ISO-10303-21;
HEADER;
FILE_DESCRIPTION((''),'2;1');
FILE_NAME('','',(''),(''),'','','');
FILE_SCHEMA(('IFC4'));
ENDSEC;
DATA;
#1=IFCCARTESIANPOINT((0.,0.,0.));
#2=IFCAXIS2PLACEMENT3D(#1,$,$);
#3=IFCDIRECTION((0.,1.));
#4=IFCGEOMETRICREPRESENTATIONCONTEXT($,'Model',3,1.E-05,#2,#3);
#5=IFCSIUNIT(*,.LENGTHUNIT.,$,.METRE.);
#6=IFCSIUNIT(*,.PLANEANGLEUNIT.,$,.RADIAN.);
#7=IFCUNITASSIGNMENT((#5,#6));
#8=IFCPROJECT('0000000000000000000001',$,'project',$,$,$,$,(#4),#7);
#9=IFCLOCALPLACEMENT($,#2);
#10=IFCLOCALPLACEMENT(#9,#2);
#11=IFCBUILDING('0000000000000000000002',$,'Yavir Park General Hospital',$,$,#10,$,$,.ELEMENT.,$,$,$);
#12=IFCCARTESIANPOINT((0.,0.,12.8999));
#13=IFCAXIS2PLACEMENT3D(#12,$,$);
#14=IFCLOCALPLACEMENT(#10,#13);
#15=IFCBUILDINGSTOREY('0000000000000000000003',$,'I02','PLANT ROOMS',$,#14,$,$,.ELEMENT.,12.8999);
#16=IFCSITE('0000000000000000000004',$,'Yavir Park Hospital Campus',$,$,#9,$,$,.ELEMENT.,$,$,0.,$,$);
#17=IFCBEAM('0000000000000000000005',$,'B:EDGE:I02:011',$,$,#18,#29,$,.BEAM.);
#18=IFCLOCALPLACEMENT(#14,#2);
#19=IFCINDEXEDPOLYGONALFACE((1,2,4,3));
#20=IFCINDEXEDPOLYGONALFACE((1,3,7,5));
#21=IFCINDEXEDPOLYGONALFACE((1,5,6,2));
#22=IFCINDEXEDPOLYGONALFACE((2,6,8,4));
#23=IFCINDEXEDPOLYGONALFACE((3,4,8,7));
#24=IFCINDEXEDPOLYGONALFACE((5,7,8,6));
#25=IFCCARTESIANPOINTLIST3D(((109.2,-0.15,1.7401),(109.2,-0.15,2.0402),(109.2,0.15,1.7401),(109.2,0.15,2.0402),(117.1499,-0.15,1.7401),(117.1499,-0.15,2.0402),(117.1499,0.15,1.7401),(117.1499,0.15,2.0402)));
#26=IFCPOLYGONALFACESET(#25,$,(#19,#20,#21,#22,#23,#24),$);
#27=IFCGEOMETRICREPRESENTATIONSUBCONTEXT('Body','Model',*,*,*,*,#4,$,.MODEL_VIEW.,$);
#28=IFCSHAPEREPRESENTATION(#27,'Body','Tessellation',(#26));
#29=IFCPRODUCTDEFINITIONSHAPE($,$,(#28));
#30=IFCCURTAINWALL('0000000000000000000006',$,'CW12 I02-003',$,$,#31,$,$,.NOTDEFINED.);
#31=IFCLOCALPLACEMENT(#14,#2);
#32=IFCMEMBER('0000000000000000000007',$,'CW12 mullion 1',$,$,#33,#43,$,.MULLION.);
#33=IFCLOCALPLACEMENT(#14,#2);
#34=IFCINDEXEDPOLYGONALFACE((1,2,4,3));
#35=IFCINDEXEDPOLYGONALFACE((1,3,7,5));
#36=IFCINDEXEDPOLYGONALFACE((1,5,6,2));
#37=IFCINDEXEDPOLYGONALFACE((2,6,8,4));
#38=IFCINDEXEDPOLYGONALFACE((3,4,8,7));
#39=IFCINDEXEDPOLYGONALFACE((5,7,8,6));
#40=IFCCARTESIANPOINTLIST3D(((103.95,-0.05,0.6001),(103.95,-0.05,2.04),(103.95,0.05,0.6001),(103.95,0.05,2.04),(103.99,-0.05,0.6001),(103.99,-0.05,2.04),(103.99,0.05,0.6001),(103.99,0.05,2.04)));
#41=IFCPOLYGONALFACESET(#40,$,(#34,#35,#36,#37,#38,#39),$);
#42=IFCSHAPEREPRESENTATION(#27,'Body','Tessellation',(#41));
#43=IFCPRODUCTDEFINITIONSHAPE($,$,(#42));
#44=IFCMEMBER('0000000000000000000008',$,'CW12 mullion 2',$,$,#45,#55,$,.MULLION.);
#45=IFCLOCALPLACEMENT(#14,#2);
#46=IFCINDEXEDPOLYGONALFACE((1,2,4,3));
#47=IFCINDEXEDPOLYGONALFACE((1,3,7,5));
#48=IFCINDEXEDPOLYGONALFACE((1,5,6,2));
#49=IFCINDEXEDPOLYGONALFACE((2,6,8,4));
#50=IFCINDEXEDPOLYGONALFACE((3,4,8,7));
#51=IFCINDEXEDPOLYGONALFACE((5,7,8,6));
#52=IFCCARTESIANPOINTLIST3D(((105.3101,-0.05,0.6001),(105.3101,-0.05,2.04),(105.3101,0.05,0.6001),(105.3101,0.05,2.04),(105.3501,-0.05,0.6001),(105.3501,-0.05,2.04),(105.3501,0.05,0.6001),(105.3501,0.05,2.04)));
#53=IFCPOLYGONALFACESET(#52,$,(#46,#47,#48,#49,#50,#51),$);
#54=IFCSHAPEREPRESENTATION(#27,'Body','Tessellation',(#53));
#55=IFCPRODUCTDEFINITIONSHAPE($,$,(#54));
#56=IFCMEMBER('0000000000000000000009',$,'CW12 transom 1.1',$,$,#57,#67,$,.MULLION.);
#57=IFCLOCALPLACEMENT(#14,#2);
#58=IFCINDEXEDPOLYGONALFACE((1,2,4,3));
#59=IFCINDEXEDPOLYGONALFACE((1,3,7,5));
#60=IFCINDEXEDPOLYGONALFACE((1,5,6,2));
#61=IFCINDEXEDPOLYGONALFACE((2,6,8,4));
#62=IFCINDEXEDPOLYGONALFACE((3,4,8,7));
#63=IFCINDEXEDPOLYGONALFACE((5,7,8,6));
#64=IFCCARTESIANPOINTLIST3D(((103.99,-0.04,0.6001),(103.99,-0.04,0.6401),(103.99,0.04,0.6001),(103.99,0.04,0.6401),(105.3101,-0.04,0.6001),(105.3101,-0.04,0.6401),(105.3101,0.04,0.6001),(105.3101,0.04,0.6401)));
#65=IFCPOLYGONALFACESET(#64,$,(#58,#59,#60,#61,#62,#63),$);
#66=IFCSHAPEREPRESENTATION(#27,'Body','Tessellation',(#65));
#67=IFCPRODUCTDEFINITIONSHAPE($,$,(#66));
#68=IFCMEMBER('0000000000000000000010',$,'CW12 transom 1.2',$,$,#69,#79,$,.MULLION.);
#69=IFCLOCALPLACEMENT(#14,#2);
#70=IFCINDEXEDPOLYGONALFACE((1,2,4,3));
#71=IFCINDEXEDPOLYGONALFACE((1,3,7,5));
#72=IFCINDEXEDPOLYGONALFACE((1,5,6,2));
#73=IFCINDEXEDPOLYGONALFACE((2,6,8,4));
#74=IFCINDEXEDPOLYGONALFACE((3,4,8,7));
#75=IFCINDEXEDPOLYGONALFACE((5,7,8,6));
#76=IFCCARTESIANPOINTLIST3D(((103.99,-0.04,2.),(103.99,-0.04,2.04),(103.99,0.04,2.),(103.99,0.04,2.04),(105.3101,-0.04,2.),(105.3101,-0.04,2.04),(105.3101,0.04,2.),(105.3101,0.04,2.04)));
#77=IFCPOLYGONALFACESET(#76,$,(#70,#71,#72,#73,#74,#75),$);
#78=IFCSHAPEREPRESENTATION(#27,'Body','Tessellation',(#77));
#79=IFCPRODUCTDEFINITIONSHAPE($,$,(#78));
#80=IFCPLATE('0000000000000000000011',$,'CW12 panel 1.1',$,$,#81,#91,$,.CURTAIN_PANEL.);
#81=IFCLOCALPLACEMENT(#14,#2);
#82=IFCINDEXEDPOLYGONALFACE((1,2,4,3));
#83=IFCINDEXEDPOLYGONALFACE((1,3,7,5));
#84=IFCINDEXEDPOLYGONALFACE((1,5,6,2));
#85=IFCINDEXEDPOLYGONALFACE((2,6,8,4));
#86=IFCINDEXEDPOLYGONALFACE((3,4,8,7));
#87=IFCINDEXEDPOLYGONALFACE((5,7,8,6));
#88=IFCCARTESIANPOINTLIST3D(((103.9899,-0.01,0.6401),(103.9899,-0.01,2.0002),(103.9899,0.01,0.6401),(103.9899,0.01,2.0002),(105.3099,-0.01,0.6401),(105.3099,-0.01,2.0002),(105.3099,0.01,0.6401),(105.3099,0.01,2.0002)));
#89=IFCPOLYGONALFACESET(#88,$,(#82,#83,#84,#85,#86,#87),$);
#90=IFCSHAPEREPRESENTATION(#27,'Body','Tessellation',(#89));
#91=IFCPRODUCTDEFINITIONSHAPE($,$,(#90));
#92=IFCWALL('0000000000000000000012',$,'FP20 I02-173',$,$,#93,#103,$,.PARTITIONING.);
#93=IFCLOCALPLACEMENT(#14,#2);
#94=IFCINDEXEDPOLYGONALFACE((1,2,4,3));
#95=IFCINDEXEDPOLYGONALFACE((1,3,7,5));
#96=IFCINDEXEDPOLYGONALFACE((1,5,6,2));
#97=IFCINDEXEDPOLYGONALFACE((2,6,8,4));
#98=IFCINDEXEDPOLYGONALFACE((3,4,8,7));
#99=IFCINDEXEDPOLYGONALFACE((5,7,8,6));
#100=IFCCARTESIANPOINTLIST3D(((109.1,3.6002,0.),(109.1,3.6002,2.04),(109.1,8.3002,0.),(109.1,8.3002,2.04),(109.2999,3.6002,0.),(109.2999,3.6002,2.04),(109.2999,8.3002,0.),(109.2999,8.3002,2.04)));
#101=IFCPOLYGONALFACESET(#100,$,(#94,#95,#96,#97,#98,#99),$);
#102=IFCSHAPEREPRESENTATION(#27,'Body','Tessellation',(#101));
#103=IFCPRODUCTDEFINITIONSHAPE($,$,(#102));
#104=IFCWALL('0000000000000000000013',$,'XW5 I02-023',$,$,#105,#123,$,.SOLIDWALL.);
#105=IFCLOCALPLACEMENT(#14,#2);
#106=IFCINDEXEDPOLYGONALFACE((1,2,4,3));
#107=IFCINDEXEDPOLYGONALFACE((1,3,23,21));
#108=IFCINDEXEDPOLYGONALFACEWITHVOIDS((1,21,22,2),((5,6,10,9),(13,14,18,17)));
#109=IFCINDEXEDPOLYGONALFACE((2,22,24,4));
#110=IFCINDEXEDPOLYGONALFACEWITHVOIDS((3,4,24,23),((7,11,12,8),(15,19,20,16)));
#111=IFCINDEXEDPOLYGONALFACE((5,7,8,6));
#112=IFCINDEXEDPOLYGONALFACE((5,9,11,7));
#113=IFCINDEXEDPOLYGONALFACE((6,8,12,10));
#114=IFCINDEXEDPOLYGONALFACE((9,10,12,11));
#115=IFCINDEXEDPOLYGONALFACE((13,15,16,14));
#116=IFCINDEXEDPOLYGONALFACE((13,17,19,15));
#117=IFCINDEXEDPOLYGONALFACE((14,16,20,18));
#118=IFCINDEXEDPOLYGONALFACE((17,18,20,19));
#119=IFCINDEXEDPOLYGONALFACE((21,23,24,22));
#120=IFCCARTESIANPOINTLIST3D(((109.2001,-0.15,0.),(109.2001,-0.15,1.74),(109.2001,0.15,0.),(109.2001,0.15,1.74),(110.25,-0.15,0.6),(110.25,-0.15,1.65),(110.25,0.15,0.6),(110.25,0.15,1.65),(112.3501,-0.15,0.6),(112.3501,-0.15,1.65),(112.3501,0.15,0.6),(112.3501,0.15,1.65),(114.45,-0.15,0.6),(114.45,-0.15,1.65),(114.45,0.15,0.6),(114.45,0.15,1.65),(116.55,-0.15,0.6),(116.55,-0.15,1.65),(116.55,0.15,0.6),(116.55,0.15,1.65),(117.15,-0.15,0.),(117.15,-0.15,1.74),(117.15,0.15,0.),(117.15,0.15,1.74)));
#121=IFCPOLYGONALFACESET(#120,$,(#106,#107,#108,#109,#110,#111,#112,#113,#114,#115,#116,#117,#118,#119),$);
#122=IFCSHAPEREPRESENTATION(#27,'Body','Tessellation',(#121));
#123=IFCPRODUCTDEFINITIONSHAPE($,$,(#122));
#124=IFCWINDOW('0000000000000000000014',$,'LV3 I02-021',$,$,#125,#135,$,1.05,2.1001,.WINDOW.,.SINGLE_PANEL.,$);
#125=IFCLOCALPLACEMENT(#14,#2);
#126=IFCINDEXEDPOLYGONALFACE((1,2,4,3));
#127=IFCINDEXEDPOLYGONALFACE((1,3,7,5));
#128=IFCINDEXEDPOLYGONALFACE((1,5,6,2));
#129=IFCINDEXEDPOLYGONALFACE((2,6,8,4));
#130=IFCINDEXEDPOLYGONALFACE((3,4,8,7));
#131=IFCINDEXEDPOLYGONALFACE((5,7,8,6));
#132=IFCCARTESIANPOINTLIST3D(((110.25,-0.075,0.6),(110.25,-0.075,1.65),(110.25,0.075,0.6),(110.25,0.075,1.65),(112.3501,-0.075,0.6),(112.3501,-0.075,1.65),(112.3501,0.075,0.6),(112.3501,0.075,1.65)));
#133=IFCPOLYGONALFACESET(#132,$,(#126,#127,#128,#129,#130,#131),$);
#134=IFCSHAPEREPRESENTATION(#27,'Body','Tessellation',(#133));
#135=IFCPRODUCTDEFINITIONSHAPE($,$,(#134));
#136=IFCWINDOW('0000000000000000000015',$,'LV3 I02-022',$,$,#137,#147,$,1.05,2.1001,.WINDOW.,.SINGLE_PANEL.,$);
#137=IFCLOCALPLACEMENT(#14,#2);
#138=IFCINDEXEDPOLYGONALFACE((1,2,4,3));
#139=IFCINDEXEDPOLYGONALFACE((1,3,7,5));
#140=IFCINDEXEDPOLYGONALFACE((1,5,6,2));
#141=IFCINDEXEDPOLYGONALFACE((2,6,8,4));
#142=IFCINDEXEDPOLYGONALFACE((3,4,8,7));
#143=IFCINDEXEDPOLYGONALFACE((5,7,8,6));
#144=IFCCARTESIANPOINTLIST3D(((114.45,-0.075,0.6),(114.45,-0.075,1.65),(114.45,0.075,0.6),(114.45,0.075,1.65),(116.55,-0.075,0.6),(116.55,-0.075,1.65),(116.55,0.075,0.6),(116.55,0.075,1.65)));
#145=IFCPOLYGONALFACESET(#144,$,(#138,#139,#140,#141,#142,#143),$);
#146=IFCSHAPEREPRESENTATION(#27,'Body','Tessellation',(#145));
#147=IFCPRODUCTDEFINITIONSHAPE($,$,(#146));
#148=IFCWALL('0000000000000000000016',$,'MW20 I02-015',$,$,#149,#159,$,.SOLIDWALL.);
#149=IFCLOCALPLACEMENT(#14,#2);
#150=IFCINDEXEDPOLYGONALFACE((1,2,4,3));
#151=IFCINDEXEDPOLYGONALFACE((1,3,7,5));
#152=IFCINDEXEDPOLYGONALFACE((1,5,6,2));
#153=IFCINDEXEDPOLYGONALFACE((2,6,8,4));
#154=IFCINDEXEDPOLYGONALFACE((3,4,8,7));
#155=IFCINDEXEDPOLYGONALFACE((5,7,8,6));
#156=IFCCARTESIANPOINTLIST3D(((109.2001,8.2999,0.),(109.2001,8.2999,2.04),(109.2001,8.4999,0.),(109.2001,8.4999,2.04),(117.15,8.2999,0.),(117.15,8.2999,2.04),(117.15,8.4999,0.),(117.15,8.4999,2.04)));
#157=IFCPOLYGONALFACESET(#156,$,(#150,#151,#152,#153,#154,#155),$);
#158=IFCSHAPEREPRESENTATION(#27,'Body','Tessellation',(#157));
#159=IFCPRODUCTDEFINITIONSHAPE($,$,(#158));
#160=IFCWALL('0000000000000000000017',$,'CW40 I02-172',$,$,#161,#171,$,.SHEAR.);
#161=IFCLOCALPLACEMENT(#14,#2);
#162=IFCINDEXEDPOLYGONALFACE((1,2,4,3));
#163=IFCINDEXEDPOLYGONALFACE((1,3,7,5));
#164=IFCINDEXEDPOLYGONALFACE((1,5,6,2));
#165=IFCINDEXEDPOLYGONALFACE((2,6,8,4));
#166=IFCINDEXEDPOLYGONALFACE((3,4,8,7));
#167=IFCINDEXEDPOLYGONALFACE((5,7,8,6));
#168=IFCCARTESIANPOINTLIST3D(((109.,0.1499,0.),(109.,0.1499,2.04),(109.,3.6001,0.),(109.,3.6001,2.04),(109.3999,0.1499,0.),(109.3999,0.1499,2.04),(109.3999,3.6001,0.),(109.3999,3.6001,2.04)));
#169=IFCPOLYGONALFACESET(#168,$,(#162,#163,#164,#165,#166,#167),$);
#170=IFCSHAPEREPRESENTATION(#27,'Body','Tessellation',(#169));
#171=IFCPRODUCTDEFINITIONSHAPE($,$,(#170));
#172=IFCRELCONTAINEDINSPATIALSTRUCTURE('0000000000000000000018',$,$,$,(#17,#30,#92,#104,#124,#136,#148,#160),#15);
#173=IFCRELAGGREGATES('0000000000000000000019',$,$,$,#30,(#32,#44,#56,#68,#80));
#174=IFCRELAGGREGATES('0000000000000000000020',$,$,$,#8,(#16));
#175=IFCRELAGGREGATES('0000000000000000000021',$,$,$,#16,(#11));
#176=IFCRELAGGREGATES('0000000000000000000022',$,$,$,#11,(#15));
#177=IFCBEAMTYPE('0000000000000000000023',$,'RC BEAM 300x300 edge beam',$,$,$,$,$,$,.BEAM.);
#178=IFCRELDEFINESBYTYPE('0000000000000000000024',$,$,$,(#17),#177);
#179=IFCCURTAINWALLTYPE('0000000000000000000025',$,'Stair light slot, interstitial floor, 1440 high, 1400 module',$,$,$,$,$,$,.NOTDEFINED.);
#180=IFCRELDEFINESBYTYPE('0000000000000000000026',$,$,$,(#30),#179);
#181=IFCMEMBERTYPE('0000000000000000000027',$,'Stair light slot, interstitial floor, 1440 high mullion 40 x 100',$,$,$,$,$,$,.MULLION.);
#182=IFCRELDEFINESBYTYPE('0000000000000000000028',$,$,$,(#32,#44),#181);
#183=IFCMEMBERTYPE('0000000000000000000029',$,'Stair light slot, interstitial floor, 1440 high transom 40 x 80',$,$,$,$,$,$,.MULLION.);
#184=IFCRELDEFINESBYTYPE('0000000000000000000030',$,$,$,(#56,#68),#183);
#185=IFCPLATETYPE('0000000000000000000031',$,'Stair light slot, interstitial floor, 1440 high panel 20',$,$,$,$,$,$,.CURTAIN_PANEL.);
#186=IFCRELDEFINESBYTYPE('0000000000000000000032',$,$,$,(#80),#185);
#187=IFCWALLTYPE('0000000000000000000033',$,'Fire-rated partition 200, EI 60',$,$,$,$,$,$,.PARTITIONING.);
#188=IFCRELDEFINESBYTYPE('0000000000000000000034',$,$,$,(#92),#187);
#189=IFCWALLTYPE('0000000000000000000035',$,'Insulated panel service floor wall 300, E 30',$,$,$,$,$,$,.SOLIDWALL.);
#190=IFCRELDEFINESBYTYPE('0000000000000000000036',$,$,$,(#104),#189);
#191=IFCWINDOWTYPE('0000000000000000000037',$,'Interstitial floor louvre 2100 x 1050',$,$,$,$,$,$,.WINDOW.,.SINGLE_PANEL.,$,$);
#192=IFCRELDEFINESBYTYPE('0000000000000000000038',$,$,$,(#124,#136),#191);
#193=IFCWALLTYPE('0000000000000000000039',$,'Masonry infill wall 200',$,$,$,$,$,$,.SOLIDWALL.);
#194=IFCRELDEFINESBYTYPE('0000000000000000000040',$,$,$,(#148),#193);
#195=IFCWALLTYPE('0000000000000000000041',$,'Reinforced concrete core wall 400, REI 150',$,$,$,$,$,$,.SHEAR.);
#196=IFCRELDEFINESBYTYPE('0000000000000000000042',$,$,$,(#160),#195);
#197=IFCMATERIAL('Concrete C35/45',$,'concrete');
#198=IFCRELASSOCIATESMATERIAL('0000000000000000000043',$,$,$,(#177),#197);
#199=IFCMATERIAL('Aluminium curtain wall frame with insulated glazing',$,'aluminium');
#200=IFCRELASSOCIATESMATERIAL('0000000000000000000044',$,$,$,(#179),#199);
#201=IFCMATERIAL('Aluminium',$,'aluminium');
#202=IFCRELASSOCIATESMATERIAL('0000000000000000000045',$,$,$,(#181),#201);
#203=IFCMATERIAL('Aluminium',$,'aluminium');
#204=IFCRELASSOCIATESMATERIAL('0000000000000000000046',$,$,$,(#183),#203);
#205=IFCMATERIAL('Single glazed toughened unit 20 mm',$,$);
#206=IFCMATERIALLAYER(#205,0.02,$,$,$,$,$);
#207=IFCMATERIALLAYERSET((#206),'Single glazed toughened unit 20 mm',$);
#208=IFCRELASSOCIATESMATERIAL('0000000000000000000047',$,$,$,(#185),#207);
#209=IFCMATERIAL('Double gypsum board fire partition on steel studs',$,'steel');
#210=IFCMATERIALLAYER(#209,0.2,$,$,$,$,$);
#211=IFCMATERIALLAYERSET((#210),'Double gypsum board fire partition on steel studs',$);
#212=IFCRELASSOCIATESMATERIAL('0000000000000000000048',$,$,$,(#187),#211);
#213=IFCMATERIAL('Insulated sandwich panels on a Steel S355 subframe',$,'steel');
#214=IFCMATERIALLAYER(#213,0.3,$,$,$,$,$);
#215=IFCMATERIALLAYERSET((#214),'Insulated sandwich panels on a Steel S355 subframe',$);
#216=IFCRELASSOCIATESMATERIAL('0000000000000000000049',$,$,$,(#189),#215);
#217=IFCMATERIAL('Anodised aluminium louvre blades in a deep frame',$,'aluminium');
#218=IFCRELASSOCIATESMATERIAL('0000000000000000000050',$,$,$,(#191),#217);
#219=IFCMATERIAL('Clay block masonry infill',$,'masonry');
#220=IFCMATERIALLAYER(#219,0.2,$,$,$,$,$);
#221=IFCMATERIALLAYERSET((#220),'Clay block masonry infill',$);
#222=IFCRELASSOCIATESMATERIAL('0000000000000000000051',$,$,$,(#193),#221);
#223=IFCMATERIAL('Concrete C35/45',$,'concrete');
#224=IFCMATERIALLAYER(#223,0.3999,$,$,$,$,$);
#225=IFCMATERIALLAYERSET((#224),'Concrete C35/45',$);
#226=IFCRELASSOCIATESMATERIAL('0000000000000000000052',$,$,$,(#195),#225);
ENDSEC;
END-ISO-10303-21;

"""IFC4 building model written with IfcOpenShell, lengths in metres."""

from ifc_helpers import new_model, si_unit, direction, frame, frame_2d, origin, origin_2d, place, context, subcontext, project, spatial, rectangle, extrude, material, layer, layer_set, material_profile, profile_set, type_object, element, fill, aggregate, save


model = new_model("IFC4")

# Units and contexts
model_context = context("Model", 3, precision=1e-05, world=origin(), true_north=direction((0.0, 1.0)))
body_context = subcontext(model_context, "Body", "Model", "MODEL_VIEW")
ifc_project = project(units=[si_unit("LENGTHUNIT", "METRE"), si_unit("PLANEANGLEUNIT", "RADIAN")], contexts=[model_context])

# Site, building, storey
site_placement = place(None, origin())
site = spatial("IfcSite", under=ifc_project, at=site_placement, Name="Yavir Park Hospital Campus", CompositionType="ELEMENT", RefElevation=0.0)
building_placement = place(site_placement, origin())
building = spatial("IfcBuilding", under=site, at=building_placement, Name="Yavir Park General Hospital", CompositionType="ELEMENT")
storey_placement = place(building_placement, frame((0.0, 0.0, 12.8999)))
storey = spatial("IfcBuildingStorey", under=building, at=storey_placement, Name="I02", Description="PLANT ROOMS", CompositionType="ELEMENT", Elevation=12.8999)

# Beam
ifc_material_1 = material(Name="Concrete C35/45", Category="concrete")
ifc_material_profile_1 = material_profile(ifc_material_1, rectangle(XDim=0.3, YDim=0.3, at=origin_2d()), Name="RC300x300")
ifc_profile_set_1 = profile_set([ifc_material_profile_1], Name="Concrete C35/45")
beam_type = type_object("IfcBeamType", Name="RC BEAM 300x300 edge beam", PredefinedType="BEAM", material=ifc_profile_set_1)
beam_placement = place(storey_placement, frame((109.2, 0.0, 1.8901), z_axis=(1.0, 0.0, 0.0), x_axis=(0.0, 1.0, 0.0)))
element("IfcBeam", 1, at=beam_placement, inside=storey, type_object=beam_type, Name="B:EDGE:I02:011", PredefinedType="BEAM", context=body_context, shape_type="SweptSolid", body=[
    extrude(rectangle(XDim=0.3, YDim=0.3, at=origin_2d()), origin(), (0.0, 0.0, 1.0), 7.95),
])

# Curtain wall, members, plate
ifc_material_2 = material(Name="Aluminium curtain wall frame with insulated glazing", Category="aluminium")
curtain_wall_type = type_object("IfcCurtainWallType", Name="Stair light slot, interstitial floor, 1440 high, 1400 module", PredefinedType="NOTDEFINED", material=ifc_material_2)
curtain_wall_placement = place(storey_placement, origin())
curtain_wall = element("IfcCurtainWall", 2, at=curtain_wall_placement, inside=storey, type_object=curtain_wall_type, Name="CW12 I02-003", PredefinedType="NOTDEFINED")
ifc_material_3 = material(Name="Aluminium", Category="aluminium")
ifc_material_profile_2 = material_profile(ifc_material_3, rectangle(XDim=0.1001, YDim=0.04, at=origin_2d()), Name="AL 40x100")
ifc_profile_set_2 = profile_set([ifc_material_profile_2], Name="Aluminium")
member_type_1 = type_object("IfcMemberType", Name="Stair light slot, interstitial floor, 1440 high mullion 40 x 100", PredefinedType="MULLION", material=ifc_profile_set_2)
member_1_placement = place(storey_placement, frame((103.97, 0.0, 0.6001), z_axis=(0.0, 0.0, 1.0), x_axis=(0.0, 1.0, 0.0)))
member_1 = element("IfcMember", 3, at=member_1_placement, type_object=member_type_1, Name="CW12 mullion 1", PredefinedType="MULLION", context=body_context, shape_type="SweptSolid", body=[
    extrude(rectangle(XDim=0.1001, YDim=0.04, at=origin_2d()), origin(), (0.0, 0.0, 1.0), 1.4399),
])
member_2_placement = place(storey_placement, frame((105.3301, 0.0, 0.6001), z_axis=(0.0, 0.0, 1.0), x_axis=(0.0, 1.0, 0.0)))
member_2 = element("IfcMember", 4, at=member_2_placement, type_object=member_type_1, Name="CW12 mullion 2", PredefinedType="MULLION", context=body_context, shape_type="SweptSolid", body=[
    extrude(rectangle(XDim=0.1001, YDim=0.04, at=origin_2d()), origin(), (0.0, 0.0, 1.0), 1.4399),
])
ifc_material_4 = material(Name="Aluminium", Category="aluminium")
ifc_material_profile_3 = material_profile(ifc_material_4, rectangle(XDim=0.0801, YDim=0.04, at=origin_2d()), Name="AL 80x40")
ifc_profile_set_3 = profile_set([ifc_material_profile_3], Name="Aluminium")
member_type_2 = type_object("IfcMemberType", Name="Stair light slot, interstitial floor, 1440 high transom 40 x 80", PredefinedType="MULLION", material=ifc_profile_set_3)
member_3_placement = place(storey_placement, frame((103.99, 0.0, 0.6201), z_axis=(1.0, 0.0, 0.0), x_axis=(0.0, 1.0, 0.0)))
member_3 = element("IfcMember", 5, at=member_3_placement, type_object=member_type_2, Name="CW12 transom 1.1", PredefinedType="MULLION", context=body_context, shape_type="SweptSolid", body=[
    extrude(rectangle(XDim=0.0801, YDim=0.04, at=origin_2d()), origin(), (0.0, 0.0, 1.0), 1.3201),
])
member_4_placement = place(storey_placement, frame((103.99, 0.0, 2.02), z_axis=(1.0, 0.0, 0.0), x_axis=(0.0, 1.0, 0.0)))
member_4 = element("IfcMember", 6, at=member_4_placement, type_object=member_type_2, Name="CW12 transom 1.2", PredefinedType="MULLION", context=body_context, shape_type="SweptSolid", body=[
    extrude(rectangle(XDim=0.0801, YDim=0.04, at=origin_2d()), origin(), (0.0, 0.0, 1.0), 1.3201),
])
ifc_material_5 = material(Name="Single glazed toughened unit 20 mm")
ifc_layer_1 = layer(ifc_material_5, 0.02)
ifc_layer_set_1 = layer_set([ifc_layer_1], Name="Single glazed toughened unit 20 mm")
plate_type = type_object("IfcPlateType", Name="Stair light slot, interstitial floor, 1440 high panel 20", PredefinedType="CURTAIN_PANEL", material=ifc_layer_set_1)
plate_placement = place(storey_placement, frame((104.6499, 0.0, 0.6401), z_axis=(0.0, 0.0, 1.0), x_axis=(1.0, 0.0, 0.0)))
plate = element("IfcPlate", 7, at=plate_placement, type_object=plate_type, Name="CW12 panel 1.1", PredefinedType="CURTAIN_PANEL", context=body_context, shape_type="SweptSolid", body=[
    extrude(rectangle(XDim=1.3201, YDim=0.02, at=origin_2d()), origin(), (0.0, 0.0, 1.0), 1.3601),
])
aggregate(curtain_wall, [member_1, member_2, member_3, member_4, plate])

# Wall
ifc_material_6 = material(Name="Double gypsum board fire partition on steel studs", Category="steel")
ifc_layer_2 = layer(ifc_material_6, 0.2)
ifc_layer_set_2 = layer_set([ifc_layer_2], Name="Double gypsum board fire partition on steel studs")
wall_type_1 = type_object("IfcWallType", Name="Fire-rated partition 200, EI 60", PredefinedType="PARTITIONING", material=ifc_layer_set_2)
wall_1_placement = place(storey_placement, frame((109.2, 3.6001, 0.0), z_axis=(0.0, 0.0, 1.0), x_axis=(0.0, 1.0, 0.0)))
element("IfcWall", 8, at=wall_1_placement, inside=storey, type_object=wall_type_1, Name="FP20 I02-173", PredefinedType="PARTITIONING", context=body_context, shape_type="SweptSolid", body=[
    extrude(rectangle(XDim=4.7, YDim=0.2, at=frame_2d((2.3501, 0.0))), origin(), (0.0, 0.0, 1.0), 2.04),
])

# Wall, openings, windows
ifc_material_7 = material(Name="Insulated sandwich panels on a Steel S355 subframe", Category="steel")
ifc_layer_3 = layer(ifc_material_7, 0.3)
ifc_layer_set_3 = layer_set([ifc_layer_3], Name="Insulated sandwich panels on a Steel S355 subframe")
wall_type_2 = type_object("IfcWallType", Name="Insulated panel service floor wall 300, E 30", PredefinedType="SOLIDWALL", material=ifc_layer_set_3)
wall_2_placement = place(storey_placement, frame((109.2, 0.0, 0.0), z_axis=(0.0, 0.0, 1.0), x_axis=(1.0, 0.0, 0.0)))
wall_2 = element("IfcWall", 9, at=wall_2_placement, inside=storey, type_object=wall_type_2, Name="XW5 I02-023", PredefinedType="SOLIDWALL", context=body_context, shape_type="SweptSolid", body=[
    extrude(rectangle(XDim=7.95, YDim=0.3, at=frame_2d((3.9751, 0.0))), origin(), (0.0, 0.0, 1.0), 1.74),
])
opening_1_placement = place(wall_2_placement, frame((1.05, 0.0, 0.6001)))
opening_1 = element("IfcOpeningElement", 10, at=opening_1_placement, cuts=wall_2, PredefinedType="OPENING", context=body_context, shape_type="SweptSolid", body=[
    extrude(rectangle(XDim=2.1001, YDim=1.05, at=frame_2d((1.05, 0.5249))), frame((0.0, 0.1599, 0.0), z_axis=(0.0, -1.0, 0.0), x_axis=(1.0, 0.0, 0.0)), (0.0, 0.0, 1.0), 0.3201),
])
opening_2_placement = place(wall_2_placement, frame((5.25, 0.0, 0.6001)))
opening_2 = element("IfcOpeningElement", 11, at=opening_2_placement, cuts=wall_2, PredefinedType="OPENING", context=body_context, shape_type="SweptSolid", body=[
    extrude(rectangle(XDim=2.1001, YDim=1.05, at=frame_2d((1.05, 0.5249))), frame((0.0, 0.1599, 0.0), z_axis=(0.0, -1.0, 0.0), x_axis=(1.0, 0.0, 0.0)), (0.0, 0.0, 1.0), 0.3201),
])
ifc_material_8 = material(Name="Anodised aluminium louvre blades in a deep frame", Category="aluminium")
window_type = type_object("IfcWindowType", Name="Interstitial floor louvre 2100 x 1050", PartitioningType="SINGLE_PANEL", PredefinedType="WINDOW", material=ifc_material_8)
window_1_placement = place(opening_1_placement, origin())
window_1 = element("IfcWindow", 12, at=window_1_placement, inside=storey, type_object=window_type, Name="LV3 I02-021", OverallHeight=1.05, OverallWidth=2.1001, PartitioningType="SINGLE_PANEL", PredefinedType="WINDOW", context=body_context, shape_type="SweptSolid", body=[
    extrude(rectangle(XDim=2.1001, YDim=1.05, at=frame_2d((1.05, 0.5249))), frame((0.0, 0.075, 0.0), z_axis=(0.0, -1.0, 0.0), x_axis=(1.0, 0.0, 0.0)), (0.0, 0.0, 1.0), 0.1499),
])
fill(opening_1, window_1)
window_2_placement = place(opening_2_placement, origin())
window_2 = element("IfcWindow", 13, at=window_2_placement, inside=storey, type_object=window_type, Name="LV3 I02-022", OverallHeight=1.05, OverallWidth=2.1001, PartitioningType="SINGLE_PANEL", PredefinedType="WINDOW", context=body_context, shape_type="SweptSolid", body=[
    extrude(rectangle(XDim=2.1001, YDim=1.05, at=frame_2d((1.05, 0.5249))), frame((0.0, 0.075, 0.0), z_axis=(0.0, -1.0, 0.0), x_axis=(1.0, 0.0, 0.0)), (0.0, 0.0, 1.0), 0.1499),
])
fill(opening_2, window_2)

# Walls
ifc_material_9 = material(Name="Clay block masonry infill", Category="masonry")
ifc_layer_4 = layer(ifc_material_9, 0.2)
ifc_layer_set_4 = layer_set([ifc_layer_4], Name="Clay block masonry infill")
wall_type_3 = type_object("IfcWallType", Name="Masonry infill wall 200", PredefinedType="SOLIDWALL", material=ifc_layer_set_4)
wall_3_placement = place(storey_placement, frame((109.2, 8.3999, 0.0), z_axis=(0.0, 0.0, 1.0), x_axis=(1.0, 0.0, 0.0)))
element("IfcWall", 14, at=wall_3_placement, inside=storey, type_object=wall_type_3, Name="MW20 I02-015", PredefinedType="SOLIDWALL", context=body_context, shape_type="SweptSolid", body=[
    extrude(rectangle(XDim=7.95, YDim=0.2, at=frame_2d((3.9751, 0.0))), origin(), (0.0, 0.0, 1.0), 2.04),
])
ifc_material_10 = material(Name="Concrete C35/45", Category="concrete")
ifc_layer_5 = layer(ifc_material_10, 0.3999)
ifc_layer_set_5 = layer_set([ifc_layer_5], Name="Concrete C35/45")
wall_type_4 = type_object("IfcWallType", Name="Reinforced concrete core wall 400, REI 150", PredefinedType="SHEAR", material=ifc_layer_set_5)
wall_4_placement = place(storey_placement, frame((109.2, 0.1499, 0.0), z_axis=(0.0, 0.0, 1.0), x_axis=(0.0, 1.0, 0.0)))
element("IfcWall", 15, at=wall_4_placement, inside=storey, type_object=wall_type_4, Name="CW40 I02-172", PredefinedType="SHEAR", context=body_context, shape_type="SweptSolid", body=[
    extrude(rectangle(XDim=3.4502, YDim=0.3999, at=frame_2d((1.7251, 0.0))), origin(), (0.0, 0.0, 1.0), 2.04),
])

save(model, "model.ifc")
